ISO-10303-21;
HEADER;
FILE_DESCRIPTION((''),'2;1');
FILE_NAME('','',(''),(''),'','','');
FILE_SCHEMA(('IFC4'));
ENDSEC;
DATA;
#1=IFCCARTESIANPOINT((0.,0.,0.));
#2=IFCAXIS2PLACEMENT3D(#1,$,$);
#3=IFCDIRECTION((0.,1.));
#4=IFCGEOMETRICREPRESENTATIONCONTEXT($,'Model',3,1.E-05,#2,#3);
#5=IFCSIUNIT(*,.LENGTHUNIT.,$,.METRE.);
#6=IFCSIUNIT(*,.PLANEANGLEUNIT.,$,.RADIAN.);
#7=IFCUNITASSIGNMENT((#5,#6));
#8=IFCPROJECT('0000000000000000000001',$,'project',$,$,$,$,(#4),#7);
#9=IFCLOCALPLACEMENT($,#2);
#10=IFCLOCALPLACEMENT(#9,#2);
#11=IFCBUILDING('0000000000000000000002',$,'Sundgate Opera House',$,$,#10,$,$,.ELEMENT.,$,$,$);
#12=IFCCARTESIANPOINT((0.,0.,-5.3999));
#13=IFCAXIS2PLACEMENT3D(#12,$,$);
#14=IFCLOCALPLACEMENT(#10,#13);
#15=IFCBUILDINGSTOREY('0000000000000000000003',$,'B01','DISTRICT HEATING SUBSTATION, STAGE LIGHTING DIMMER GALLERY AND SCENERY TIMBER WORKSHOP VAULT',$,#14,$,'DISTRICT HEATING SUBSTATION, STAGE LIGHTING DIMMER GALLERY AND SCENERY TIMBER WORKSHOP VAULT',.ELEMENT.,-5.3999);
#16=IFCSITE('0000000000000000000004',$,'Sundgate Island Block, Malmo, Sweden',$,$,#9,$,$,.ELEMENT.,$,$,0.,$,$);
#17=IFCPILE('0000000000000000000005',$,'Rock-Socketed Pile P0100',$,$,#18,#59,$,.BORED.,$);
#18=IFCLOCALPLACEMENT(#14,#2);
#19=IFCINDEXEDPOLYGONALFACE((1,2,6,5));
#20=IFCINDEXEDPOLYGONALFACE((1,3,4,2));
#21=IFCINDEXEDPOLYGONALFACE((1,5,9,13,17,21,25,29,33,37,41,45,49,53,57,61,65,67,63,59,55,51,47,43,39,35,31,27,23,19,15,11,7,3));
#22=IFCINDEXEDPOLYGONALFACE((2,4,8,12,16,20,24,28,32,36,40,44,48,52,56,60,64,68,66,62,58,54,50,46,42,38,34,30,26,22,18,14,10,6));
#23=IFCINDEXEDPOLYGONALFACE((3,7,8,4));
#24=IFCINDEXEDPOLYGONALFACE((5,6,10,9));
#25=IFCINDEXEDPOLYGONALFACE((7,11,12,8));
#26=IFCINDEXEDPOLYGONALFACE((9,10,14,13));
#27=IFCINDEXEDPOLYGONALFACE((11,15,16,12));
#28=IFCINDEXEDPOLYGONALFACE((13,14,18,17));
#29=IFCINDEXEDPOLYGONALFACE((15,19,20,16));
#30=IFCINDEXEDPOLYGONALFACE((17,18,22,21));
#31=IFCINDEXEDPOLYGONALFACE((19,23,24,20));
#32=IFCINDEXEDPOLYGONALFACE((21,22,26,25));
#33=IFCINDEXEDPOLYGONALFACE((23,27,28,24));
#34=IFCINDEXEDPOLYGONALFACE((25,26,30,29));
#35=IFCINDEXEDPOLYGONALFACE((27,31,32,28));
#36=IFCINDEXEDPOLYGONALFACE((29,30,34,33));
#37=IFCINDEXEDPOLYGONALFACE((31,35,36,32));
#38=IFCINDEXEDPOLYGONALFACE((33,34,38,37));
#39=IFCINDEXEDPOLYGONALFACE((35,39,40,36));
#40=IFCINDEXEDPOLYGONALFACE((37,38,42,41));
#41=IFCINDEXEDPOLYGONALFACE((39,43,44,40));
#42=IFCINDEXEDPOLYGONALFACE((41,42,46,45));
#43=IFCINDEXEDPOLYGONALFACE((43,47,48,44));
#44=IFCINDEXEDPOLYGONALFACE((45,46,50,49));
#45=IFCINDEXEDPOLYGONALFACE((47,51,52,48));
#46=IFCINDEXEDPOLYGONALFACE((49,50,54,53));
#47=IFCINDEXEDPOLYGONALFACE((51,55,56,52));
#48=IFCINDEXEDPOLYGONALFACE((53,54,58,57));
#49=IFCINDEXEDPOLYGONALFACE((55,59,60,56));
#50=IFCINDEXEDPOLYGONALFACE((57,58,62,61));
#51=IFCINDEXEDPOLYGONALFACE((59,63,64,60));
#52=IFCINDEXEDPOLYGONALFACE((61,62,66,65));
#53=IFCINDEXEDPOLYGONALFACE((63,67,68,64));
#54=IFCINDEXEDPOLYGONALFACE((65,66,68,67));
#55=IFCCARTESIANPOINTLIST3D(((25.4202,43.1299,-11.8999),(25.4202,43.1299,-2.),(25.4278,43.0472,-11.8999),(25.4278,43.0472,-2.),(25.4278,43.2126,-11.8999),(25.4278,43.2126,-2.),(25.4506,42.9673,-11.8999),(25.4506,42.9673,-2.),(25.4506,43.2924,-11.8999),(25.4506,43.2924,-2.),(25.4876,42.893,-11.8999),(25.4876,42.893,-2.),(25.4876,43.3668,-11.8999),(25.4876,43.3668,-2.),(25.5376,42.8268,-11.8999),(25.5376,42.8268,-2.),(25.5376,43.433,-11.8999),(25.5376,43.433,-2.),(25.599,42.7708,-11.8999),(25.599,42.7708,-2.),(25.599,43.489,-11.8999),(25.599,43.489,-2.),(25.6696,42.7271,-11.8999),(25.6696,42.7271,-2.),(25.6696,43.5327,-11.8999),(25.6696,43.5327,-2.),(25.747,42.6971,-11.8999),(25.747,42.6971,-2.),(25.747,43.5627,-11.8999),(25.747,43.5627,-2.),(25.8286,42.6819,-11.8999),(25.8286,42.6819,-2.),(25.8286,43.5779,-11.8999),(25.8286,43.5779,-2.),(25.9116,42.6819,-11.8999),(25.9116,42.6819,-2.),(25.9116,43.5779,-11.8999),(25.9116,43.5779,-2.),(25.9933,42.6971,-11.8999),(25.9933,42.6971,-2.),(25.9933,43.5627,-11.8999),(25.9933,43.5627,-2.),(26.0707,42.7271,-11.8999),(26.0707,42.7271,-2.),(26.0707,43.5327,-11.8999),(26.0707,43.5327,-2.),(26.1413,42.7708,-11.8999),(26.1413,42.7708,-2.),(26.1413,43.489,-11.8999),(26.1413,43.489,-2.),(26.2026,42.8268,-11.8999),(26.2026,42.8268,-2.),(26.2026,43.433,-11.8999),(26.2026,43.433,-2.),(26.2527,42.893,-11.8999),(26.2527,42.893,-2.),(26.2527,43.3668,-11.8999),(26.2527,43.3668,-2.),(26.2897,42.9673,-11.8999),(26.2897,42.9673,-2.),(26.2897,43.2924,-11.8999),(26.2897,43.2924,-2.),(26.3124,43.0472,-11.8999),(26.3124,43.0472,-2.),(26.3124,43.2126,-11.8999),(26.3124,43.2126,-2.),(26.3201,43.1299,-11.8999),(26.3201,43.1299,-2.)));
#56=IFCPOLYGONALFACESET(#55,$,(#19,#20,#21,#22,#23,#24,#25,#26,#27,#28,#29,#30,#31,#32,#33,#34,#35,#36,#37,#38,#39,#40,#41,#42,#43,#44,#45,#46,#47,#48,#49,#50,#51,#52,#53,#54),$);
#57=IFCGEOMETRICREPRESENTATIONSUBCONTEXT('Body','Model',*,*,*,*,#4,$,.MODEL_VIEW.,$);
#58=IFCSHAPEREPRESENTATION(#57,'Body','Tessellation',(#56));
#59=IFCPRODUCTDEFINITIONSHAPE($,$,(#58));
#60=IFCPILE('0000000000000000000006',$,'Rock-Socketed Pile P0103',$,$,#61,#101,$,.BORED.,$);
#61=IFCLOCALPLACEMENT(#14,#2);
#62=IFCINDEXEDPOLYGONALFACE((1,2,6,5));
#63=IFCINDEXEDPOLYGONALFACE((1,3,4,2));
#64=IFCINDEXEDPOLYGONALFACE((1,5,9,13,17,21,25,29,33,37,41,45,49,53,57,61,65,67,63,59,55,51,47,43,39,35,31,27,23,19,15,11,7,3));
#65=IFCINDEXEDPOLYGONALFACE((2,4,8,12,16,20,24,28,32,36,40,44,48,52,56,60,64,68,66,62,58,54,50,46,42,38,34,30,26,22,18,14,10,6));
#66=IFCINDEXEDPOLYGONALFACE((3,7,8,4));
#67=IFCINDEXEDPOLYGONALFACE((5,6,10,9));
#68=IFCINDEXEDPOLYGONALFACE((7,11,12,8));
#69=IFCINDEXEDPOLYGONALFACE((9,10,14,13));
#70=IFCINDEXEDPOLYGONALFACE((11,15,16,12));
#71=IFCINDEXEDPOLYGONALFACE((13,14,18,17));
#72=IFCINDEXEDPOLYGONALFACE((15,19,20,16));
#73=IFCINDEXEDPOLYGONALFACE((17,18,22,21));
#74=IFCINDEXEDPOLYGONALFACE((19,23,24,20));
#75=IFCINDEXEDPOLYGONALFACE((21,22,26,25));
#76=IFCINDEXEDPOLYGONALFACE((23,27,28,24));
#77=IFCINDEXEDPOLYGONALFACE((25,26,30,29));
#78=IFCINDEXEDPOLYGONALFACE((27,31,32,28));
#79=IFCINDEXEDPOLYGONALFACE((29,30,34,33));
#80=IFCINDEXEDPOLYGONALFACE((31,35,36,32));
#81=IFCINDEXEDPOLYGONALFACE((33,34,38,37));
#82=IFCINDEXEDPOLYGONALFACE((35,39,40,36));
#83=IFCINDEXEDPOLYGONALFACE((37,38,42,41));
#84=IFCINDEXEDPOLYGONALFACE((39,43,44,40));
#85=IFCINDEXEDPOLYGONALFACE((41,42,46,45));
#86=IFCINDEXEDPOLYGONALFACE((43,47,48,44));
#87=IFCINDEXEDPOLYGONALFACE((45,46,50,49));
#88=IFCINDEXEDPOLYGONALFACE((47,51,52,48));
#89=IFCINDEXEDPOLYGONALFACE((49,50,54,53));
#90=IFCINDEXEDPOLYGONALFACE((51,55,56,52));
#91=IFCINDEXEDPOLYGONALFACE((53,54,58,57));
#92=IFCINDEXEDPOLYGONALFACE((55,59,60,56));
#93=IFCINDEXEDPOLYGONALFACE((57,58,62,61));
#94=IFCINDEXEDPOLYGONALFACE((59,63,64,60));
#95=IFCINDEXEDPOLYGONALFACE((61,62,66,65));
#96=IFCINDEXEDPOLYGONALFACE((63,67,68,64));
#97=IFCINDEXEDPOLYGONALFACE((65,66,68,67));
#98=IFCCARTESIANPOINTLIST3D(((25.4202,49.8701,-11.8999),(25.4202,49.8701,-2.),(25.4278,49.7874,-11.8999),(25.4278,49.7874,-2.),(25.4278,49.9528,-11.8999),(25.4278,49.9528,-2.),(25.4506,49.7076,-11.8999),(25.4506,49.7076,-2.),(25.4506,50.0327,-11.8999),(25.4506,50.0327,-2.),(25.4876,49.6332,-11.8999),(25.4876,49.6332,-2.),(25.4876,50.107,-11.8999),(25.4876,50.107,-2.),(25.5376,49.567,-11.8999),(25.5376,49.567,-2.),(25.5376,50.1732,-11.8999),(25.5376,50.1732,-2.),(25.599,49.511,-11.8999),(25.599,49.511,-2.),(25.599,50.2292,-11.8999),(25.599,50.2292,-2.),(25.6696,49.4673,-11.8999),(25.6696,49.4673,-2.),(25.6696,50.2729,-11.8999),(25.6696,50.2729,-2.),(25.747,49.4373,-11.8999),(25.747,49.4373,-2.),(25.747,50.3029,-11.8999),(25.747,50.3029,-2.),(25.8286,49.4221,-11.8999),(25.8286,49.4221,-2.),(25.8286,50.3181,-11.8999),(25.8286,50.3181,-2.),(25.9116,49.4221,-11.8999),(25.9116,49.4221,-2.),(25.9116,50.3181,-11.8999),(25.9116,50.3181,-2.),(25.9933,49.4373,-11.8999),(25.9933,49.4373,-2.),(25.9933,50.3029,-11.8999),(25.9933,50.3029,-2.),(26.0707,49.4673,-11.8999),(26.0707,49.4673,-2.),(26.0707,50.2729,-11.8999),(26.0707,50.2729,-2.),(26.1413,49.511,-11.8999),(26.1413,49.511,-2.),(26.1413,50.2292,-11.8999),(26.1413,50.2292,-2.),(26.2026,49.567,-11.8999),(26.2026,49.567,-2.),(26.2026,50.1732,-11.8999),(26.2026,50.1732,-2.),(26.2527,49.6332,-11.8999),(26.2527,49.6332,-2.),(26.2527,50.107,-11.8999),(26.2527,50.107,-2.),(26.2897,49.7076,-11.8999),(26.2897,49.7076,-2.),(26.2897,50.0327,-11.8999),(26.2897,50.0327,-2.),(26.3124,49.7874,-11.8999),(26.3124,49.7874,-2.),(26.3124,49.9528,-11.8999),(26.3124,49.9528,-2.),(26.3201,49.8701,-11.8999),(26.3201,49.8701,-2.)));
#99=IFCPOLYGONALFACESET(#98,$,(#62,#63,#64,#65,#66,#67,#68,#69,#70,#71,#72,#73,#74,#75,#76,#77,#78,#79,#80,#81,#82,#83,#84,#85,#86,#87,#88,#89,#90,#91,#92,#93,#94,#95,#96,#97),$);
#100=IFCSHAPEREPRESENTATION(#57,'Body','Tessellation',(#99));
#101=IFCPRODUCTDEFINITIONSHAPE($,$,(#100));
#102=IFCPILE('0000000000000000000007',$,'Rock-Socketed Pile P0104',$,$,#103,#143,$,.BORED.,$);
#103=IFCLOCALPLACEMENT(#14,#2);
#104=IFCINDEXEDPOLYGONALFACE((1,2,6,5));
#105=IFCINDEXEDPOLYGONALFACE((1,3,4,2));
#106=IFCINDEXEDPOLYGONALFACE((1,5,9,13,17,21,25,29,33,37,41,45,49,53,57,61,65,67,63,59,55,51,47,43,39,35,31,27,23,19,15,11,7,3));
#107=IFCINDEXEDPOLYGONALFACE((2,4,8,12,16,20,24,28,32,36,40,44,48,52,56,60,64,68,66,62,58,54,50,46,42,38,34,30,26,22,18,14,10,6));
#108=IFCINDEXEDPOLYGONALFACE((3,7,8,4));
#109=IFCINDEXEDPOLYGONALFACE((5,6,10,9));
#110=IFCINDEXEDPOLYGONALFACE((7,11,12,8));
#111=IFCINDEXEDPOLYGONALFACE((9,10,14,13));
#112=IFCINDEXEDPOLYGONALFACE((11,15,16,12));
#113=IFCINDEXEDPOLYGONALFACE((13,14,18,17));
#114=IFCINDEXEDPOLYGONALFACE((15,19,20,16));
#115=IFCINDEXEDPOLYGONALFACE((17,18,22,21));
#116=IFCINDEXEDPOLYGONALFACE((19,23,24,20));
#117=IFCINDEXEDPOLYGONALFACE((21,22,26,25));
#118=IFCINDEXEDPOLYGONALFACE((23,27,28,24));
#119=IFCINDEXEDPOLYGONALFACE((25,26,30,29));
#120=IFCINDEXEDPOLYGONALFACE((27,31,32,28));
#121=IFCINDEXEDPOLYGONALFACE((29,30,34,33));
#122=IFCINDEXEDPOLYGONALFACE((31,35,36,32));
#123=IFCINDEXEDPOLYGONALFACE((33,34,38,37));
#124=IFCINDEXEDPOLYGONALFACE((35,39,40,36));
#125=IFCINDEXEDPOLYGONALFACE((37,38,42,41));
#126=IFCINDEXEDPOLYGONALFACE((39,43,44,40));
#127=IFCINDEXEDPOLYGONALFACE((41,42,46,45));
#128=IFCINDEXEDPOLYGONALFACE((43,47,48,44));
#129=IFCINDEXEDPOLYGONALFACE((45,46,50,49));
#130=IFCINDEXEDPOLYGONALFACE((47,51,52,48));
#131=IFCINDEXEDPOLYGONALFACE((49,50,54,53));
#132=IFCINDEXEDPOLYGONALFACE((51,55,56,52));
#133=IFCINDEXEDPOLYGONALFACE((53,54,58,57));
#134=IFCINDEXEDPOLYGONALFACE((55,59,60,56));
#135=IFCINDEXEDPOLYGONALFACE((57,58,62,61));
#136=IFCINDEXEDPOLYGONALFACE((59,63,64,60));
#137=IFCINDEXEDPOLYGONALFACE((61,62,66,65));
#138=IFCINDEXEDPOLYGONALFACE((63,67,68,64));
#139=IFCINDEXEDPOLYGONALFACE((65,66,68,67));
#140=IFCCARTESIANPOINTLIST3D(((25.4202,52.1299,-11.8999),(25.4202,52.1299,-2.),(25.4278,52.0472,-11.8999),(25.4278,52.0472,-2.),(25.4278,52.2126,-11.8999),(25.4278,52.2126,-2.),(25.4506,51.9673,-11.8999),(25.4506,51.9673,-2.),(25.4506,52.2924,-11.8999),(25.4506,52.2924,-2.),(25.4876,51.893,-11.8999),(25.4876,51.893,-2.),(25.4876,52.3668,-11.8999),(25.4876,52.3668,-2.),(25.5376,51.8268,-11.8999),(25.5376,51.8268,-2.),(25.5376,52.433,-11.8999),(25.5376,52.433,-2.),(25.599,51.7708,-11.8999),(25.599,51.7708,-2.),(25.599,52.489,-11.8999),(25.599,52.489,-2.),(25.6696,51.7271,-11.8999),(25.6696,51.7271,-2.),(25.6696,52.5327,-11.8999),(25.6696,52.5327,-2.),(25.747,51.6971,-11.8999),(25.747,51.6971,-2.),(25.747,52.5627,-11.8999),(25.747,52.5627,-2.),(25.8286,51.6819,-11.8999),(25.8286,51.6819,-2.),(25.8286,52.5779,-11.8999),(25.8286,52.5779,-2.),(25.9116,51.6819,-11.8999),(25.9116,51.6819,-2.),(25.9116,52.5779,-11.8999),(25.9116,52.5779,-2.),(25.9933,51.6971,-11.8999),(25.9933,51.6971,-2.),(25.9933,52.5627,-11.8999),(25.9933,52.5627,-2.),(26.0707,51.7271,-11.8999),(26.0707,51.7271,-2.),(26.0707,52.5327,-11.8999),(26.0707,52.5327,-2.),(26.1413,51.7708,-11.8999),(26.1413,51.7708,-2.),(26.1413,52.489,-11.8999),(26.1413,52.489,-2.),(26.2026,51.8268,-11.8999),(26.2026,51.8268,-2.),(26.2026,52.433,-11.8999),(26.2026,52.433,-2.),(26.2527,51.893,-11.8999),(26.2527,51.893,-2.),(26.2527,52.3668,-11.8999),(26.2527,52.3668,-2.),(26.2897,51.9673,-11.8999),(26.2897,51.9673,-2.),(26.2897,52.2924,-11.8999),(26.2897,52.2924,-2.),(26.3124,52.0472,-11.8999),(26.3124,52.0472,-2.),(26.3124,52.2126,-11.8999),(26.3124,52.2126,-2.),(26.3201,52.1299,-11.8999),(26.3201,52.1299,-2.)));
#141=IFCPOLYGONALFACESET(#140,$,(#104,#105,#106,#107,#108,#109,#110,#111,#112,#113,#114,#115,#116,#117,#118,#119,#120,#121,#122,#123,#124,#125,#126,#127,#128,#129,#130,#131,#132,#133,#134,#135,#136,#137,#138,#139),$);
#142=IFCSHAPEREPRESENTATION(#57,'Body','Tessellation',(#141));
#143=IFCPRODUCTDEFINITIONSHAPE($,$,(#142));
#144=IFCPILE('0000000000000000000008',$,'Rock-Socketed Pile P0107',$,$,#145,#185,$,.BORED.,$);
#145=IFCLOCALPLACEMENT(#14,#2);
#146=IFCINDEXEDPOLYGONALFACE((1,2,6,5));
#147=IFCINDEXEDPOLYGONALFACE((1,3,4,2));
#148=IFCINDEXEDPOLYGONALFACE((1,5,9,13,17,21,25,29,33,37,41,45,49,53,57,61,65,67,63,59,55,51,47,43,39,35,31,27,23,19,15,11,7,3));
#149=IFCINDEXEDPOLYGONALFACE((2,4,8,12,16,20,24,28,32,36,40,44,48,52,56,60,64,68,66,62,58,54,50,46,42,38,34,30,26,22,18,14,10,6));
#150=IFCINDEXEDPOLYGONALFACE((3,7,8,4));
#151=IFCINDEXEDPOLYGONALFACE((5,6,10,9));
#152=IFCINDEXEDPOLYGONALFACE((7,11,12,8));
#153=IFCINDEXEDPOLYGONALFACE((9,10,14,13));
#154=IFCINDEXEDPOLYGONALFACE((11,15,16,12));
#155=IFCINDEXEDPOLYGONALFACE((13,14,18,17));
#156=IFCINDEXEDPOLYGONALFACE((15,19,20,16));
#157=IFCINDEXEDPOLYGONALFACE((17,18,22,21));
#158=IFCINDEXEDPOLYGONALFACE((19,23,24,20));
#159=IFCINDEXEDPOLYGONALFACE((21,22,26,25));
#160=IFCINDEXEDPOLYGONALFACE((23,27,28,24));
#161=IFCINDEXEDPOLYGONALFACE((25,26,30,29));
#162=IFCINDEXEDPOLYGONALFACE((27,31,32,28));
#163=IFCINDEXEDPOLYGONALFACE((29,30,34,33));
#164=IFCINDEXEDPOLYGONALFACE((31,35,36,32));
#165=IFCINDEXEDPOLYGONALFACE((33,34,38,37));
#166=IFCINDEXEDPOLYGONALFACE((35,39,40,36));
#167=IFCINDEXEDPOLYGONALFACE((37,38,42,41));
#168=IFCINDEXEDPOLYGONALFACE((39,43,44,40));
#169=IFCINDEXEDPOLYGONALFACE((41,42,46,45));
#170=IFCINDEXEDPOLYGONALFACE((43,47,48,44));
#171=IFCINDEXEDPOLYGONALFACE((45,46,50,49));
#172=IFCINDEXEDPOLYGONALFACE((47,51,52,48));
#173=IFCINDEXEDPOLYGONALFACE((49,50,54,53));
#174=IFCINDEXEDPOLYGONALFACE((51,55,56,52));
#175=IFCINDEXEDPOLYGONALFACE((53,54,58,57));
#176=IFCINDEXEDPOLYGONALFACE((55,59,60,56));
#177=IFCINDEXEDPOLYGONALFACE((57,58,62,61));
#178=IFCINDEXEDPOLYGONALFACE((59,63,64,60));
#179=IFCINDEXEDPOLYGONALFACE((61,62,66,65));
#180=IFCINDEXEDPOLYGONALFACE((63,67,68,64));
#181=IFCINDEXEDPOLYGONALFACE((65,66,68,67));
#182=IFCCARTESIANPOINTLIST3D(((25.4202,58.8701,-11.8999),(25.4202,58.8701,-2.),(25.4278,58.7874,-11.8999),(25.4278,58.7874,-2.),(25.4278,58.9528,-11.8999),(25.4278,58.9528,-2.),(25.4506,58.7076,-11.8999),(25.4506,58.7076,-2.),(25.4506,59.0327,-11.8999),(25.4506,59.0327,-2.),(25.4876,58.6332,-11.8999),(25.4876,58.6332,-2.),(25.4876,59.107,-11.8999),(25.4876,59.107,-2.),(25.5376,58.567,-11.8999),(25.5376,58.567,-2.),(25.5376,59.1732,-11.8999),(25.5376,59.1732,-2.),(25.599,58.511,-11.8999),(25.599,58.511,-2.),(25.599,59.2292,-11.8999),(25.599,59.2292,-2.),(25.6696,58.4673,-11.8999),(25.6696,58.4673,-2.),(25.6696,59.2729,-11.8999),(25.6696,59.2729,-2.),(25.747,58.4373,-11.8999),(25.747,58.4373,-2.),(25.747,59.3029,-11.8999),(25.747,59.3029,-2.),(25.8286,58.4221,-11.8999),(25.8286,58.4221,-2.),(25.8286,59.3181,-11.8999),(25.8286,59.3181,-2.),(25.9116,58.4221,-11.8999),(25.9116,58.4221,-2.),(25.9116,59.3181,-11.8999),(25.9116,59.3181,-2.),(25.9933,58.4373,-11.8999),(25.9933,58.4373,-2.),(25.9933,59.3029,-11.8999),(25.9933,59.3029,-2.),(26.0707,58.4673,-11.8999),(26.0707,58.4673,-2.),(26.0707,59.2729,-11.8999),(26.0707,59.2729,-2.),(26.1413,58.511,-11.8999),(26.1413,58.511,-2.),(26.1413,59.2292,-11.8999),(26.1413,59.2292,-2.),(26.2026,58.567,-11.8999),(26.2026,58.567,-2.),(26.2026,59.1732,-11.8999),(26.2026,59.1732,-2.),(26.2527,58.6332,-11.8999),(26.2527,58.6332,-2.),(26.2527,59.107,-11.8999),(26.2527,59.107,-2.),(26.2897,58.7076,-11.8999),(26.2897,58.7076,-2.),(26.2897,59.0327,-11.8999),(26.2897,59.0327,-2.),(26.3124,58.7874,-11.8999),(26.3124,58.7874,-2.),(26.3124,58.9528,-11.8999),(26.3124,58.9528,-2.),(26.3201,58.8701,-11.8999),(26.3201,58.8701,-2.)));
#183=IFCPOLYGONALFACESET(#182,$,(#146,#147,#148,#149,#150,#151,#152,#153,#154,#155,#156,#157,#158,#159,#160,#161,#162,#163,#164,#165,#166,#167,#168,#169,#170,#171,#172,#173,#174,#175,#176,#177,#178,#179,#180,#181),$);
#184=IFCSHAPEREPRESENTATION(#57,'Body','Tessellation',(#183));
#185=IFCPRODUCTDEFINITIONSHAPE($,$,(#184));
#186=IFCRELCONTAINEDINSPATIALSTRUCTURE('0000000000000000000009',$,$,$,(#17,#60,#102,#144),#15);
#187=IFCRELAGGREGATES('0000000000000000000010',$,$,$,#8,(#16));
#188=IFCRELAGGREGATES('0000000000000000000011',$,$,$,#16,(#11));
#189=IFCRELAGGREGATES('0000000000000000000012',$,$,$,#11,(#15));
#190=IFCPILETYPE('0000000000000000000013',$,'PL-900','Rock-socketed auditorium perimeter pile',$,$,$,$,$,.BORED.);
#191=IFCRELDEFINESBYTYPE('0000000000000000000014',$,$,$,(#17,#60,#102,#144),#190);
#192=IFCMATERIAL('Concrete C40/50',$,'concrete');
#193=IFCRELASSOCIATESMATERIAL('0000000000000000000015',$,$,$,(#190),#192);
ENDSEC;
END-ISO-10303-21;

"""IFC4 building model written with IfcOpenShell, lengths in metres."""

from ifc_helpers import new_model, si_unit, direction, frame, origin, origin_2d, place, context, subcontext, project, spatial, circle, extrude, material, material_profile, profile_set, type_object, element, save


model = new_model("IFC4")

# Units and contexts
model_context = context("Model", 3, precision=1e-05, world=origin(), true_north=direction((0.0, 1.0)))
body_context = subcontext(model_context, "Body", "Model", "MODEL_VIEW")
ifc_project = project(units=[si_unit("LENGTHUNIT", "METRE"), si_unit("PLANEANGLEUNIT", "RADIAN")], contexts=[model_context])

# Site, building, storey
site_placement = place(None, origin())
site = spatial("IfcSite", under=ifc_project, at=site_placement, Name="Sundgate Island Block, Malmo, Sweden", CompositionType="ELEMENT", RefElevation=0.0)
building_placement = place(site_placement, origin())
building = spatial("IfcBuilding", under=site, at=building_placement, Name="Sundgate Opera House", CompositionType="ELEMENT")
storey_placement = place(building_placement, frame((0.0, 0.0, -5.3999)))
storey = spatial("IfcBuildingStorey", under=building, at=storey_placement, Name="B01", Description="DISTRICT HEATING SUBSTATION, STAGE LIGHTING DIMMER GALLERY AND SCENERY TIMBER WORKSHOP VAULT", LongName="DISTRICT HEATING SUBSTATION, STAGE LIGHTING DIMMER GALLERY AND SCENERY TIMBER WORKSHOP VAULT", CompositionType="ELEMENT", Elevation=-5.3999)

# Piles
ifc_material_1 = material(Name="Concrete C40/50", Category="concrete")
ifc_material_profile_1 = material_profile(ifc_material_1, circle(Radius=0.45, at=origin_2d()), Name="PILE D900")
ifc_profile_set_1 = profile_set([ifc_material_profile_1], Name="Concrete C40/50")
pile_type_1 = type_object("IfcPileType", Name="PL-900", Description="Rock-socketed auditorium perimeter pile", PredefinedType="BORED", material=ifc_profile_set_1)
for number, where, z_axis, x_axis, name in (
    (1, (25.8701, 43.1299, -2.0), (0.0, 0.0, -1.0), (1.0, 0.0, 0.0), "Rock-Socketed Pile P0100"),
    (2, (25.8701, 49.8701, -2.0), (0.0, 0.0, -1.0), (1.0, 0.0, 0.0), "Rock-Socketed Pile P0103"),
    (3, (25.8701, 52.1299, -2.0), (0.0, 0.0, -1.0), (1.0, 0.0, 0.0), "Rock-Socketed Pile P0104"),
    (4, (25.8701, 58.8701, -2.0), (0.0, 0.0, -1.0), (1.0, 0.0, 0.0), "Rock-Socketed Pile P0107"),
):
    element("IfcPile", number, at=place(storey_placement, frame(where, z_axis=z_axis, x_axis=x_axis)), inside=storey, type_object=pile_type_1, Name=name, PredefinedType="BORED", context=body_context, shape_type="SweptSolid", body=[
        extrude(circle(Radius=0.45, at=origin_2d()), origin(), (0.0, 0.0, 1.0), 9.8999),
    ])

save(model, "model.ifc")
